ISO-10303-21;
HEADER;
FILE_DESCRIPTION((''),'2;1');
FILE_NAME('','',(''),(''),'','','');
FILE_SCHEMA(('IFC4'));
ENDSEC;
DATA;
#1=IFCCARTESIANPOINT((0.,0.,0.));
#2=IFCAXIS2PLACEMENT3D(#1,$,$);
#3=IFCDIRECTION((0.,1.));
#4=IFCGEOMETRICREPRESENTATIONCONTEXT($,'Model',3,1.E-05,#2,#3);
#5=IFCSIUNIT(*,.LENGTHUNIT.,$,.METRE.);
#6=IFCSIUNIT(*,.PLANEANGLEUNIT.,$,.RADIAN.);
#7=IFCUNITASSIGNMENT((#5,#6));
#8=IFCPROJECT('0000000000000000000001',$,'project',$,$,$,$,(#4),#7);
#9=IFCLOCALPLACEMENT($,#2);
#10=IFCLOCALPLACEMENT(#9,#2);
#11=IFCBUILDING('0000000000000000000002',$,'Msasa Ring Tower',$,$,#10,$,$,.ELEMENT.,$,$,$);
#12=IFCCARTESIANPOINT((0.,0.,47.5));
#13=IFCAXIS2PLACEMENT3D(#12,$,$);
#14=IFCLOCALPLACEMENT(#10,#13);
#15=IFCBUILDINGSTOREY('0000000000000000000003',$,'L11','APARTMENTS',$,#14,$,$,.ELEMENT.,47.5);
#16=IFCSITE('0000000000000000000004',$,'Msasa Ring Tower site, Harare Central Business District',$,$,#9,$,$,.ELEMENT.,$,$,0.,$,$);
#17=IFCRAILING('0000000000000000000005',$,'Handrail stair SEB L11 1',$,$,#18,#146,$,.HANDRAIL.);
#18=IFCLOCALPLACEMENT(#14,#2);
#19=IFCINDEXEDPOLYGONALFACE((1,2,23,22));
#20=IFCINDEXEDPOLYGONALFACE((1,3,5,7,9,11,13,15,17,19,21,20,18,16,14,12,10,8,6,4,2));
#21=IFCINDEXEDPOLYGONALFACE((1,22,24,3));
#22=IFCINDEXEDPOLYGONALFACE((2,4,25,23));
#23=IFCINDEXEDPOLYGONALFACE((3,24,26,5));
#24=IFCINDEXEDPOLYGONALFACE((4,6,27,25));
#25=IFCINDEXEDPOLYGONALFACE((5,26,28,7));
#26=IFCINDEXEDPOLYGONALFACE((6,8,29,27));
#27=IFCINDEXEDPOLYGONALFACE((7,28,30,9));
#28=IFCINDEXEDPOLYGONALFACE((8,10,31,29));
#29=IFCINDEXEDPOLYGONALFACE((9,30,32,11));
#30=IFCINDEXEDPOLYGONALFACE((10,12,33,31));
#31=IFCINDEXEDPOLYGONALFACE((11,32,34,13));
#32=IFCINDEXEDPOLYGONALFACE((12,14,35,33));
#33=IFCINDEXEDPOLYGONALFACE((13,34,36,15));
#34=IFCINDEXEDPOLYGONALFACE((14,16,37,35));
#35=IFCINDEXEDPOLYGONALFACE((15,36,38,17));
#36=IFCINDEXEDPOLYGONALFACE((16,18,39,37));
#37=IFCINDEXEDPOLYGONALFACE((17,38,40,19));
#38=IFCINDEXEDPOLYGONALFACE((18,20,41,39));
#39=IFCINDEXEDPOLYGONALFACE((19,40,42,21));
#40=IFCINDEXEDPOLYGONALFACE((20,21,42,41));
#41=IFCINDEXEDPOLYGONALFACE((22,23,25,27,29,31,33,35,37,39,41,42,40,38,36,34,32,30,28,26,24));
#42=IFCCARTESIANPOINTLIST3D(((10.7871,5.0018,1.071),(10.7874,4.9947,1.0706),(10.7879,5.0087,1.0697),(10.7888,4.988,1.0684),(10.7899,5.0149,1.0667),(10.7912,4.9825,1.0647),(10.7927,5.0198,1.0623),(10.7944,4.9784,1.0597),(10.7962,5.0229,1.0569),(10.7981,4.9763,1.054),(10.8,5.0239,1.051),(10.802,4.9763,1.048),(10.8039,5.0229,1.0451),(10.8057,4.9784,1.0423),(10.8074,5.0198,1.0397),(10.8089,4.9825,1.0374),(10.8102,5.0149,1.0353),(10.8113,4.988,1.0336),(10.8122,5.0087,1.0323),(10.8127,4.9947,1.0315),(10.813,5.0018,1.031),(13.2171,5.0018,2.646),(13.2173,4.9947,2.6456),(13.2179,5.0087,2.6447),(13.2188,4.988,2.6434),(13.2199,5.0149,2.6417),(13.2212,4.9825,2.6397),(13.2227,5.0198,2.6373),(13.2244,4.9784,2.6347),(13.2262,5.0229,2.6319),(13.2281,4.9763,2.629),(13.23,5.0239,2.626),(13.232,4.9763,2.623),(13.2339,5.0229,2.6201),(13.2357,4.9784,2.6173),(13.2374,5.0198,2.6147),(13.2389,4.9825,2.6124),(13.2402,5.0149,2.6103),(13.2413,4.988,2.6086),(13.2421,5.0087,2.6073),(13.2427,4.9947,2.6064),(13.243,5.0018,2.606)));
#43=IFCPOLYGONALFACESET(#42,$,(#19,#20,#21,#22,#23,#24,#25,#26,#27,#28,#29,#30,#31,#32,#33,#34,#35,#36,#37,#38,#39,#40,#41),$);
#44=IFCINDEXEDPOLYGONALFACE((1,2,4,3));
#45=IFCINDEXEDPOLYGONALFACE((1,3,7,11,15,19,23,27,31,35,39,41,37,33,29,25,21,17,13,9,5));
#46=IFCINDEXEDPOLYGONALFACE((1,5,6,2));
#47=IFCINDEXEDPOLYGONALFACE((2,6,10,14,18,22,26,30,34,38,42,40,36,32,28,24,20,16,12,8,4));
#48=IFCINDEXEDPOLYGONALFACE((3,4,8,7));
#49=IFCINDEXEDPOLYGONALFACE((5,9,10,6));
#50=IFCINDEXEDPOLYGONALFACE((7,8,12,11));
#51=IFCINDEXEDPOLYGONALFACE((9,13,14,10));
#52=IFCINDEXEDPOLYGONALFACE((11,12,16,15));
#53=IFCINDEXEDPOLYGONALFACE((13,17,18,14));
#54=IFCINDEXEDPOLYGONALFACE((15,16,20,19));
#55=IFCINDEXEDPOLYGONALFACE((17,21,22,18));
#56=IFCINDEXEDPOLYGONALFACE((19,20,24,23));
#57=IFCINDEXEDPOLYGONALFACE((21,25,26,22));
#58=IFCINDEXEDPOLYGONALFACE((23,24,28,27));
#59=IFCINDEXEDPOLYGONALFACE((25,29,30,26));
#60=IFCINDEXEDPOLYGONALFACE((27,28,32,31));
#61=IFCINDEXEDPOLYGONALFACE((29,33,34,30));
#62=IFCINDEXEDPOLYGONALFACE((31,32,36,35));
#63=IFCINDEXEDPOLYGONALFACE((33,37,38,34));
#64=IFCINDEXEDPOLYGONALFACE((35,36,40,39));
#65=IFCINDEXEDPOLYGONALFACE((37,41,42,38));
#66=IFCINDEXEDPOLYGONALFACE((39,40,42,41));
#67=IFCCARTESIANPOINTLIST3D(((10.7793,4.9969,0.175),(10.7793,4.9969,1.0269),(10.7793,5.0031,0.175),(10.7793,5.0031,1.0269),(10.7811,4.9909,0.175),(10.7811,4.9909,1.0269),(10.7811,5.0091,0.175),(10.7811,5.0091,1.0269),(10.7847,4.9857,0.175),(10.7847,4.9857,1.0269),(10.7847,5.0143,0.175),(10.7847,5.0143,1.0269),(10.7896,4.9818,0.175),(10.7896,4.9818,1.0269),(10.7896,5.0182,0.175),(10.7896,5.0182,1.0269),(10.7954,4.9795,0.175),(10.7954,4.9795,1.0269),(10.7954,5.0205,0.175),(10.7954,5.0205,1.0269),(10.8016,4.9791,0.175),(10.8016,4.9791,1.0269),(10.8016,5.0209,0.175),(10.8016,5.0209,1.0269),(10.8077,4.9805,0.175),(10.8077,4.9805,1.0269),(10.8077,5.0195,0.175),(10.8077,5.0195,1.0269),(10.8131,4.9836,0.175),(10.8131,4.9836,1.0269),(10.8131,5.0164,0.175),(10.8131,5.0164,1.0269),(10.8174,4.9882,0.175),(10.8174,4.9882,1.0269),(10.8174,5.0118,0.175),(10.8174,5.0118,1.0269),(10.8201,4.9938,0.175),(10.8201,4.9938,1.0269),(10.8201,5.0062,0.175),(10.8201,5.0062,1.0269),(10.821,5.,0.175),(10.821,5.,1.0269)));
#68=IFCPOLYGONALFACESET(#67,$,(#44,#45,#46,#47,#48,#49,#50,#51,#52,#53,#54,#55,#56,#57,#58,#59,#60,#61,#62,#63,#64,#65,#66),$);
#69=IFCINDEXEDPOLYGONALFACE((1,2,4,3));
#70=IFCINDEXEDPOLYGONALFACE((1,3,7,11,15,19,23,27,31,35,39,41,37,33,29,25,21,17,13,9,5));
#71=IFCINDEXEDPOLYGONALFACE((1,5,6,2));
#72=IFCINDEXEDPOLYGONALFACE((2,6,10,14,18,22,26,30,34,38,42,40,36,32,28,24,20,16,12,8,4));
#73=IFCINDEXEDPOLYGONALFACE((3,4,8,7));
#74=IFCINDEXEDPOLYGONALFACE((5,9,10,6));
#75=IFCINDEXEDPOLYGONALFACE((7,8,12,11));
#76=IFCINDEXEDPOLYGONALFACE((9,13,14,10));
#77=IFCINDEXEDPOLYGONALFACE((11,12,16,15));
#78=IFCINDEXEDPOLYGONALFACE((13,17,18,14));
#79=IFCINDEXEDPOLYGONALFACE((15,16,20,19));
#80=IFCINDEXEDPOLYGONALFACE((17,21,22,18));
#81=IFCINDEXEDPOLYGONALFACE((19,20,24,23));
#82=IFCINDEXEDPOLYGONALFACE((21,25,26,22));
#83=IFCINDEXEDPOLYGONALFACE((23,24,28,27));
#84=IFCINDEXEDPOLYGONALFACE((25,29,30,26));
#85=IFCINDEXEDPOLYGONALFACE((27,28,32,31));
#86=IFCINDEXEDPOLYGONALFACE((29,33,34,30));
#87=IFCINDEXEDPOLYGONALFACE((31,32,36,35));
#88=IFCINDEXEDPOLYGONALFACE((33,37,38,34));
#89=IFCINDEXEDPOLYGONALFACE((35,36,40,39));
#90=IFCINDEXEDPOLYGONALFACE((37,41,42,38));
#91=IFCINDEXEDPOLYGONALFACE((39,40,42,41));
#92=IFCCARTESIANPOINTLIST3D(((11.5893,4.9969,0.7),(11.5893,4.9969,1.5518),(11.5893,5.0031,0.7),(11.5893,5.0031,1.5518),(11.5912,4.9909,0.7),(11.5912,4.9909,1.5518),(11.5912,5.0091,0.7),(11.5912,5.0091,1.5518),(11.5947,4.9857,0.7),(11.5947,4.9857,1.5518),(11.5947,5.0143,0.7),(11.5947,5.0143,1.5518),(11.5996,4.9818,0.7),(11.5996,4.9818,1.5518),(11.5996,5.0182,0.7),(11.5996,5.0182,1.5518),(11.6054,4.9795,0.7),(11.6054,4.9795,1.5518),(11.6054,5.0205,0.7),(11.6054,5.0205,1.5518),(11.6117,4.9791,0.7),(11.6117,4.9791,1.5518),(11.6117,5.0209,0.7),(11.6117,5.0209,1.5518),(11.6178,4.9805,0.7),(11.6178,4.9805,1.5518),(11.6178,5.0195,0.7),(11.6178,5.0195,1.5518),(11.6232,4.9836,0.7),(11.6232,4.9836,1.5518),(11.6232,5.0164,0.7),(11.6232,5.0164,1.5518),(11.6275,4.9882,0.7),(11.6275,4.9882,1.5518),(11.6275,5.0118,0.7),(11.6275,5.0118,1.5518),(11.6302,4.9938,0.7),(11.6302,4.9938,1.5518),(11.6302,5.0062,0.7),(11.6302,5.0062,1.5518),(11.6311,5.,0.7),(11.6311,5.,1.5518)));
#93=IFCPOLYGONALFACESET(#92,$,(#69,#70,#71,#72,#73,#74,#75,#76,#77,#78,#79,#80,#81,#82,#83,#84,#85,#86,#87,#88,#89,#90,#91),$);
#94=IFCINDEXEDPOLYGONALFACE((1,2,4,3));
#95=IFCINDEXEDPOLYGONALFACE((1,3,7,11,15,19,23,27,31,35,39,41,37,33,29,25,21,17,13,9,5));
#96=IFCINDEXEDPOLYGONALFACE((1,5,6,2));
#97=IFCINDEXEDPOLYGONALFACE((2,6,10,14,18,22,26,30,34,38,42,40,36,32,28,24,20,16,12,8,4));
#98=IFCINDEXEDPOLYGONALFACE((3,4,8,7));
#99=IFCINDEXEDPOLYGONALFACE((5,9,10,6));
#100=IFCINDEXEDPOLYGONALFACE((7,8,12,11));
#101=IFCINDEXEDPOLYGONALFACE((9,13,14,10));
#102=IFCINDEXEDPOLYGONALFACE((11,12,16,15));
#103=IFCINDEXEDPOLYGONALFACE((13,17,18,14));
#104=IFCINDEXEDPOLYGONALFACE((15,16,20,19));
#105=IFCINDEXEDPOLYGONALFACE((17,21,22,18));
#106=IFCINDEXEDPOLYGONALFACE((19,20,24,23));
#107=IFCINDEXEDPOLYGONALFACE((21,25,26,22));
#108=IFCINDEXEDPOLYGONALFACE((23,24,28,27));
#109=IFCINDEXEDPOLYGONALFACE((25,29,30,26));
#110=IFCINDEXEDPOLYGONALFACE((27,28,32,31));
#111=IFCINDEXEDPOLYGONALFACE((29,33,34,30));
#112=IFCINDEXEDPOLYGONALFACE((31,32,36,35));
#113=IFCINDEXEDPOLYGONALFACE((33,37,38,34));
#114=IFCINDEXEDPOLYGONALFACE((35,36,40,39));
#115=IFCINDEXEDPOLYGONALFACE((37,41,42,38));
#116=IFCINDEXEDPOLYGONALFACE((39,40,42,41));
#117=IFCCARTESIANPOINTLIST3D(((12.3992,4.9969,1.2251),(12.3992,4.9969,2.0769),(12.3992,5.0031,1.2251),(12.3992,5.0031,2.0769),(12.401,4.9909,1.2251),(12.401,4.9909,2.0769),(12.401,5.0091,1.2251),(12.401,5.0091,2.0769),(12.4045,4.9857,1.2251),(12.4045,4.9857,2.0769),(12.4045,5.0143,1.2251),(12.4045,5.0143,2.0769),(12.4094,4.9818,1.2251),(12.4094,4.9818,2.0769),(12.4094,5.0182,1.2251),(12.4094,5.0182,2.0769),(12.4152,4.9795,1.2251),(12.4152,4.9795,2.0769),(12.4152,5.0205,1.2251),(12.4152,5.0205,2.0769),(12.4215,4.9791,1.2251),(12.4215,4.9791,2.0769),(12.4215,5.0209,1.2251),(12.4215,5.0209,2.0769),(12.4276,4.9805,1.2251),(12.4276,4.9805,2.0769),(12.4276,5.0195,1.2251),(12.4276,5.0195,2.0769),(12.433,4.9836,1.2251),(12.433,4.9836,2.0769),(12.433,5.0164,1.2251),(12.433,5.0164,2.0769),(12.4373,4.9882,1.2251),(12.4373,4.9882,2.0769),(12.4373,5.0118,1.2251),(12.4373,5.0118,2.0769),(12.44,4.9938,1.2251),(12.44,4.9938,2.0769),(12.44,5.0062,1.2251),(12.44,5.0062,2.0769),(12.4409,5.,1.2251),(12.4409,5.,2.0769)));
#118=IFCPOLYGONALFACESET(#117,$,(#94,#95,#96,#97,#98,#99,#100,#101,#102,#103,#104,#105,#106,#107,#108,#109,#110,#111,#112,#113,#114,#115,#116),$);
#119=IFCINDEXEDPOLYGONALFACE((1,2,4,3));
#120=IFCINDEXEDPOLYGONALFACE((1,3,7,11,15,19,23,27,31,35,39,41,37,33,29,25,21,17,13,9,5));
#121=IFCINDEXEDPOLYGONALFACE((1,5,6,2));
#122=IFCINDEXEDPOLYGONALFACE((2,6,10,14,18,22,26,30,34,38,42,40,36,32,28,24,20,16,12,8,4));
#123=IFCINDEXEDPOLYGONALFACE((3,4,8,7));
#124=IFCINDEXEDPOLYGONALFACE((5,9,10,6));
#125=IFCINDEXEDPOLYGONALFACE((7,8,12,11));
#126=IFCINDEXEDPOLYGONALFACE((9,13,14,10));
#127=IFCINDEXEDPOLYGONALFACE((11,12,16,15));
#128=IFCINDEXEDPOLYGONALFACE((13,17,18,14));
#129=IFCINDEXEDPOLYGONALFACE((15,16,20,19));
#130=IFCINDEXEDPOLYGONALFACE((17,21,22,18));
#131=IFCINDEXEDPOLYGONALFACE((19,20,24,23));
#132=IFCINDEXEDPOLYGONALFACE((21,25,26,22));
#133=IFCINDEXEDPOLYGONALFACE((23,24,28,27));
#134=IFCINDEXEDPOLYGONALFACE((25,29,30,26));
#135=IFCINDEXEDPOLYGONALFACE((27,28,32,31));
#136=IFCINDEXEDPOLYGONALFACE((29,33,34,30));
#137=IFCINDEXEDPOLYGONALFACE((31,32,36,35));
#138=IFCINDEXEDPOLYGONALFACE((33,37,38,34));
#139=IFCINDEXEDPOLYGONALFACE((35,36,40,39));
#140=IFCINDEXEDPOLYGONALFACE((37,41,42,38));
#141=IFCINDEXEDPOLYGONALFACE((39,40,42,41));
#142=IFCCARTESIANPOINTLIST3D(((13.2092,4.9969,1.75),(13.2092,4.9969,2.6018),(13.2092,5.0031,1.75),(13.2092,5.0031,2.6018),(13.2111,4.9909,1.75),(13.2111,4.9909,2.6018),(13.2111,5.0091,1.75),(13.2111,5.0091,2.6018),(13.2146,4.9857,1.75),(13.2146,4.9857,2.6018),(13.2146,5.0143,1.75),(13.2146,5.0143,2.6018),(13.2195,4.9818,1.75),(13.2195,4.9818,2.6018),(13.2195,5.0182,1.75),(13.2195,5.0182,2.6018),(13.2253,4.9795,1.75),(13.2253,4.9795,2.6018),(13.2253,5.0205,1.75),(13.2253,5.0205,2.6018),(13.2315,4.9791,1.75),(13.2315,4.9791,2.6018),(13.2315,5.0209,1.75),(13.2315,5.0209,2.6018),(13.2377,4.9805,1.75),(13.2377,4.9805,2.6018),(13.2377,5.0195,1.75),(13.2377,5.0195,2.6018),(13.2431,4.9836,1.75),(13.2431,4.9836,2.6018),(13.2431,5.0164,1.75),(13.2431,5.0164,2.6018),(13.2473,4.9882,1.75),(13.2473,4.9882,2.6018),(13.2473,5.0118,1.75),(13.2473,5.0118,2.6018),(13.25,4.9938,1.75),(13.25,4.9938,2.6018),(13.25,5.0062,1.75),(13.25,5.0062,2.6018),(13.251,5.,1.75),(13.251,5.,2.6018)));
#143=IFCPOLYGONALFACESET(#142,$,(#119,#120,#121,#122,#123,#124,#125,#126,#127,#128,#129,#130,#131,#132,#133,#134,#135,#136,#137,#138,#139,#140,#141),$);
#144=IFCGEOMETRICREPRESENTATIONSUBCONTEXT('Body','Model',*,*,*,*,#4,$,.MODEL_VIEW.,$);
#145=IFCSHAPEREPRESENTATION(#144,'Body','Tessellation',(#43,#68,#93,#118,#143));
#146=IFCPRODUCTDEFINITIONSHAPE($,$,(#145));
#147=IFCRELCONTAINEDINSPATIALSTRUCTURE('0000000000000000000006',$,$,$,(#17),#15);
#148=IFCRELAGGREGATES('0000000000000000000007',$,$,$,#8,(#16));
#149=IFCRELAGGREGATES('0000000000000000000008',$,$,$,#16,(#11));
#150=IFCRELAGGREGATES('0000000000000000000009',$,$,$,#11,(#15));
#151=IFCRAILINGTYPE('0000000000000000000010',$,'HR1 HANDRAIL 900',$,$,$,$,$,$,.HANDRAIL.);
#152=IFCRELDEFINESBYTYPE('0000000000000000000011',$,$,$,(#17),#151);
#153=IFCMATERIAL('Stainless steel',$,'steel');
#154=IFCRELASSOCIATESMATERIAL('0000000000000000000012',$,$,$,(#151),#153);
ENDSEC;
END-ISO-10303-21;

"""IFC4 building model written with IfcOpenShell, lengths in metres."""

from ifc_helpers import new_model, si_unit, direction, frame, origin, origin_2d, place, context, subcontext, project, spatial, circle, extrude, material, type_object, element, save


model = new_model("IFC4")

# Units and contexts
model_context = context("Model", 3, precision=1e-05, world=origin(), true_north=direction((0.0, 1.0)))
body_context = subcontext(model_context, "Body", "Model", "MODEL_VIEW")
ifc_project = project(units=[si_unit("LENGTHUNIT", "METRE"), si_unit("PLANEANGLEUNIT", "RADIAN")], contexts=[model_context])

# Site, building, storey
site_placement = place(None, origin())
site = spatial("IfcSite", under=ifc_project, at=site_placement, Name="Msasa Ring Tower site, Harare Central Business District", CompositionType="ELEMENT", RefElevation=0.0)
building_placement = place(site_placement, origin())
building = spatial("IfcBuilding", under=site, at=building_placement, Name="Msasa Ring Tower", CompositionType="ELEMENT")
storey_placement = place(building_placement, frame((0.0, 0.0, 47.5)))
storey = spatial("IfcBuildingStorey", under=building, at=storey_placement, Name="L11", Description="APARTMENTS", CompositionType="ELEMENT", Elevation=47.5)

# Railing
ifc_material_1 = material(Name="Stainless steel", Category="steel")
railing_type = type_object("IfcRailingType", Name="HR1 HANDRAIL 900", PredefinedType="HANDRAIL", material=ifc_material_1)
for number, where, name in (
    (1, (10.8, 5.0, 0.175), "Handrail stair SEB L11 1"),
):
    element("IfcRailing", number, at=place(storey_placement, frame(where)), inside=storey, type_object=railing_type, Name=name, PredefinedType="HANDRAIL", context=body_context, shape_type="SweptSolid", body=[
        extrude(circle(Radius=0.0239, at=origin_2d()), frame((0.0, 0.0, 0.876), z_axis=(0.839154, 0.0, 0.543894), x_axis=(0.0, 1.0, 0.0)), (0.0, 0.0, 1.0), 2.8958),
        extrude(circle(Radius=0.021, at=origin_2d()), origin(), (0.0, 0.0, 1.0), 0.8518),
        extrude(circle(Radius=0.021, at=origin_2d()), frame((0.8101, 0.0, 0.5249)), (0.0, 0.0, 1.0), 0.8518),
        extrude(circle(Radius=0.021, at=origin_2d()), frame((1.6199, 0.0, 1.05)), (0.0, 0.0, 1.0), 0.8518),
        extrude(circle(Radius=0.021, at=origin_2d()), frame((2.4299, 0.0, 1.575)), (0.0, 0.0, 1.0), 0.8518),
    ])

save(model, "model.ifc")
